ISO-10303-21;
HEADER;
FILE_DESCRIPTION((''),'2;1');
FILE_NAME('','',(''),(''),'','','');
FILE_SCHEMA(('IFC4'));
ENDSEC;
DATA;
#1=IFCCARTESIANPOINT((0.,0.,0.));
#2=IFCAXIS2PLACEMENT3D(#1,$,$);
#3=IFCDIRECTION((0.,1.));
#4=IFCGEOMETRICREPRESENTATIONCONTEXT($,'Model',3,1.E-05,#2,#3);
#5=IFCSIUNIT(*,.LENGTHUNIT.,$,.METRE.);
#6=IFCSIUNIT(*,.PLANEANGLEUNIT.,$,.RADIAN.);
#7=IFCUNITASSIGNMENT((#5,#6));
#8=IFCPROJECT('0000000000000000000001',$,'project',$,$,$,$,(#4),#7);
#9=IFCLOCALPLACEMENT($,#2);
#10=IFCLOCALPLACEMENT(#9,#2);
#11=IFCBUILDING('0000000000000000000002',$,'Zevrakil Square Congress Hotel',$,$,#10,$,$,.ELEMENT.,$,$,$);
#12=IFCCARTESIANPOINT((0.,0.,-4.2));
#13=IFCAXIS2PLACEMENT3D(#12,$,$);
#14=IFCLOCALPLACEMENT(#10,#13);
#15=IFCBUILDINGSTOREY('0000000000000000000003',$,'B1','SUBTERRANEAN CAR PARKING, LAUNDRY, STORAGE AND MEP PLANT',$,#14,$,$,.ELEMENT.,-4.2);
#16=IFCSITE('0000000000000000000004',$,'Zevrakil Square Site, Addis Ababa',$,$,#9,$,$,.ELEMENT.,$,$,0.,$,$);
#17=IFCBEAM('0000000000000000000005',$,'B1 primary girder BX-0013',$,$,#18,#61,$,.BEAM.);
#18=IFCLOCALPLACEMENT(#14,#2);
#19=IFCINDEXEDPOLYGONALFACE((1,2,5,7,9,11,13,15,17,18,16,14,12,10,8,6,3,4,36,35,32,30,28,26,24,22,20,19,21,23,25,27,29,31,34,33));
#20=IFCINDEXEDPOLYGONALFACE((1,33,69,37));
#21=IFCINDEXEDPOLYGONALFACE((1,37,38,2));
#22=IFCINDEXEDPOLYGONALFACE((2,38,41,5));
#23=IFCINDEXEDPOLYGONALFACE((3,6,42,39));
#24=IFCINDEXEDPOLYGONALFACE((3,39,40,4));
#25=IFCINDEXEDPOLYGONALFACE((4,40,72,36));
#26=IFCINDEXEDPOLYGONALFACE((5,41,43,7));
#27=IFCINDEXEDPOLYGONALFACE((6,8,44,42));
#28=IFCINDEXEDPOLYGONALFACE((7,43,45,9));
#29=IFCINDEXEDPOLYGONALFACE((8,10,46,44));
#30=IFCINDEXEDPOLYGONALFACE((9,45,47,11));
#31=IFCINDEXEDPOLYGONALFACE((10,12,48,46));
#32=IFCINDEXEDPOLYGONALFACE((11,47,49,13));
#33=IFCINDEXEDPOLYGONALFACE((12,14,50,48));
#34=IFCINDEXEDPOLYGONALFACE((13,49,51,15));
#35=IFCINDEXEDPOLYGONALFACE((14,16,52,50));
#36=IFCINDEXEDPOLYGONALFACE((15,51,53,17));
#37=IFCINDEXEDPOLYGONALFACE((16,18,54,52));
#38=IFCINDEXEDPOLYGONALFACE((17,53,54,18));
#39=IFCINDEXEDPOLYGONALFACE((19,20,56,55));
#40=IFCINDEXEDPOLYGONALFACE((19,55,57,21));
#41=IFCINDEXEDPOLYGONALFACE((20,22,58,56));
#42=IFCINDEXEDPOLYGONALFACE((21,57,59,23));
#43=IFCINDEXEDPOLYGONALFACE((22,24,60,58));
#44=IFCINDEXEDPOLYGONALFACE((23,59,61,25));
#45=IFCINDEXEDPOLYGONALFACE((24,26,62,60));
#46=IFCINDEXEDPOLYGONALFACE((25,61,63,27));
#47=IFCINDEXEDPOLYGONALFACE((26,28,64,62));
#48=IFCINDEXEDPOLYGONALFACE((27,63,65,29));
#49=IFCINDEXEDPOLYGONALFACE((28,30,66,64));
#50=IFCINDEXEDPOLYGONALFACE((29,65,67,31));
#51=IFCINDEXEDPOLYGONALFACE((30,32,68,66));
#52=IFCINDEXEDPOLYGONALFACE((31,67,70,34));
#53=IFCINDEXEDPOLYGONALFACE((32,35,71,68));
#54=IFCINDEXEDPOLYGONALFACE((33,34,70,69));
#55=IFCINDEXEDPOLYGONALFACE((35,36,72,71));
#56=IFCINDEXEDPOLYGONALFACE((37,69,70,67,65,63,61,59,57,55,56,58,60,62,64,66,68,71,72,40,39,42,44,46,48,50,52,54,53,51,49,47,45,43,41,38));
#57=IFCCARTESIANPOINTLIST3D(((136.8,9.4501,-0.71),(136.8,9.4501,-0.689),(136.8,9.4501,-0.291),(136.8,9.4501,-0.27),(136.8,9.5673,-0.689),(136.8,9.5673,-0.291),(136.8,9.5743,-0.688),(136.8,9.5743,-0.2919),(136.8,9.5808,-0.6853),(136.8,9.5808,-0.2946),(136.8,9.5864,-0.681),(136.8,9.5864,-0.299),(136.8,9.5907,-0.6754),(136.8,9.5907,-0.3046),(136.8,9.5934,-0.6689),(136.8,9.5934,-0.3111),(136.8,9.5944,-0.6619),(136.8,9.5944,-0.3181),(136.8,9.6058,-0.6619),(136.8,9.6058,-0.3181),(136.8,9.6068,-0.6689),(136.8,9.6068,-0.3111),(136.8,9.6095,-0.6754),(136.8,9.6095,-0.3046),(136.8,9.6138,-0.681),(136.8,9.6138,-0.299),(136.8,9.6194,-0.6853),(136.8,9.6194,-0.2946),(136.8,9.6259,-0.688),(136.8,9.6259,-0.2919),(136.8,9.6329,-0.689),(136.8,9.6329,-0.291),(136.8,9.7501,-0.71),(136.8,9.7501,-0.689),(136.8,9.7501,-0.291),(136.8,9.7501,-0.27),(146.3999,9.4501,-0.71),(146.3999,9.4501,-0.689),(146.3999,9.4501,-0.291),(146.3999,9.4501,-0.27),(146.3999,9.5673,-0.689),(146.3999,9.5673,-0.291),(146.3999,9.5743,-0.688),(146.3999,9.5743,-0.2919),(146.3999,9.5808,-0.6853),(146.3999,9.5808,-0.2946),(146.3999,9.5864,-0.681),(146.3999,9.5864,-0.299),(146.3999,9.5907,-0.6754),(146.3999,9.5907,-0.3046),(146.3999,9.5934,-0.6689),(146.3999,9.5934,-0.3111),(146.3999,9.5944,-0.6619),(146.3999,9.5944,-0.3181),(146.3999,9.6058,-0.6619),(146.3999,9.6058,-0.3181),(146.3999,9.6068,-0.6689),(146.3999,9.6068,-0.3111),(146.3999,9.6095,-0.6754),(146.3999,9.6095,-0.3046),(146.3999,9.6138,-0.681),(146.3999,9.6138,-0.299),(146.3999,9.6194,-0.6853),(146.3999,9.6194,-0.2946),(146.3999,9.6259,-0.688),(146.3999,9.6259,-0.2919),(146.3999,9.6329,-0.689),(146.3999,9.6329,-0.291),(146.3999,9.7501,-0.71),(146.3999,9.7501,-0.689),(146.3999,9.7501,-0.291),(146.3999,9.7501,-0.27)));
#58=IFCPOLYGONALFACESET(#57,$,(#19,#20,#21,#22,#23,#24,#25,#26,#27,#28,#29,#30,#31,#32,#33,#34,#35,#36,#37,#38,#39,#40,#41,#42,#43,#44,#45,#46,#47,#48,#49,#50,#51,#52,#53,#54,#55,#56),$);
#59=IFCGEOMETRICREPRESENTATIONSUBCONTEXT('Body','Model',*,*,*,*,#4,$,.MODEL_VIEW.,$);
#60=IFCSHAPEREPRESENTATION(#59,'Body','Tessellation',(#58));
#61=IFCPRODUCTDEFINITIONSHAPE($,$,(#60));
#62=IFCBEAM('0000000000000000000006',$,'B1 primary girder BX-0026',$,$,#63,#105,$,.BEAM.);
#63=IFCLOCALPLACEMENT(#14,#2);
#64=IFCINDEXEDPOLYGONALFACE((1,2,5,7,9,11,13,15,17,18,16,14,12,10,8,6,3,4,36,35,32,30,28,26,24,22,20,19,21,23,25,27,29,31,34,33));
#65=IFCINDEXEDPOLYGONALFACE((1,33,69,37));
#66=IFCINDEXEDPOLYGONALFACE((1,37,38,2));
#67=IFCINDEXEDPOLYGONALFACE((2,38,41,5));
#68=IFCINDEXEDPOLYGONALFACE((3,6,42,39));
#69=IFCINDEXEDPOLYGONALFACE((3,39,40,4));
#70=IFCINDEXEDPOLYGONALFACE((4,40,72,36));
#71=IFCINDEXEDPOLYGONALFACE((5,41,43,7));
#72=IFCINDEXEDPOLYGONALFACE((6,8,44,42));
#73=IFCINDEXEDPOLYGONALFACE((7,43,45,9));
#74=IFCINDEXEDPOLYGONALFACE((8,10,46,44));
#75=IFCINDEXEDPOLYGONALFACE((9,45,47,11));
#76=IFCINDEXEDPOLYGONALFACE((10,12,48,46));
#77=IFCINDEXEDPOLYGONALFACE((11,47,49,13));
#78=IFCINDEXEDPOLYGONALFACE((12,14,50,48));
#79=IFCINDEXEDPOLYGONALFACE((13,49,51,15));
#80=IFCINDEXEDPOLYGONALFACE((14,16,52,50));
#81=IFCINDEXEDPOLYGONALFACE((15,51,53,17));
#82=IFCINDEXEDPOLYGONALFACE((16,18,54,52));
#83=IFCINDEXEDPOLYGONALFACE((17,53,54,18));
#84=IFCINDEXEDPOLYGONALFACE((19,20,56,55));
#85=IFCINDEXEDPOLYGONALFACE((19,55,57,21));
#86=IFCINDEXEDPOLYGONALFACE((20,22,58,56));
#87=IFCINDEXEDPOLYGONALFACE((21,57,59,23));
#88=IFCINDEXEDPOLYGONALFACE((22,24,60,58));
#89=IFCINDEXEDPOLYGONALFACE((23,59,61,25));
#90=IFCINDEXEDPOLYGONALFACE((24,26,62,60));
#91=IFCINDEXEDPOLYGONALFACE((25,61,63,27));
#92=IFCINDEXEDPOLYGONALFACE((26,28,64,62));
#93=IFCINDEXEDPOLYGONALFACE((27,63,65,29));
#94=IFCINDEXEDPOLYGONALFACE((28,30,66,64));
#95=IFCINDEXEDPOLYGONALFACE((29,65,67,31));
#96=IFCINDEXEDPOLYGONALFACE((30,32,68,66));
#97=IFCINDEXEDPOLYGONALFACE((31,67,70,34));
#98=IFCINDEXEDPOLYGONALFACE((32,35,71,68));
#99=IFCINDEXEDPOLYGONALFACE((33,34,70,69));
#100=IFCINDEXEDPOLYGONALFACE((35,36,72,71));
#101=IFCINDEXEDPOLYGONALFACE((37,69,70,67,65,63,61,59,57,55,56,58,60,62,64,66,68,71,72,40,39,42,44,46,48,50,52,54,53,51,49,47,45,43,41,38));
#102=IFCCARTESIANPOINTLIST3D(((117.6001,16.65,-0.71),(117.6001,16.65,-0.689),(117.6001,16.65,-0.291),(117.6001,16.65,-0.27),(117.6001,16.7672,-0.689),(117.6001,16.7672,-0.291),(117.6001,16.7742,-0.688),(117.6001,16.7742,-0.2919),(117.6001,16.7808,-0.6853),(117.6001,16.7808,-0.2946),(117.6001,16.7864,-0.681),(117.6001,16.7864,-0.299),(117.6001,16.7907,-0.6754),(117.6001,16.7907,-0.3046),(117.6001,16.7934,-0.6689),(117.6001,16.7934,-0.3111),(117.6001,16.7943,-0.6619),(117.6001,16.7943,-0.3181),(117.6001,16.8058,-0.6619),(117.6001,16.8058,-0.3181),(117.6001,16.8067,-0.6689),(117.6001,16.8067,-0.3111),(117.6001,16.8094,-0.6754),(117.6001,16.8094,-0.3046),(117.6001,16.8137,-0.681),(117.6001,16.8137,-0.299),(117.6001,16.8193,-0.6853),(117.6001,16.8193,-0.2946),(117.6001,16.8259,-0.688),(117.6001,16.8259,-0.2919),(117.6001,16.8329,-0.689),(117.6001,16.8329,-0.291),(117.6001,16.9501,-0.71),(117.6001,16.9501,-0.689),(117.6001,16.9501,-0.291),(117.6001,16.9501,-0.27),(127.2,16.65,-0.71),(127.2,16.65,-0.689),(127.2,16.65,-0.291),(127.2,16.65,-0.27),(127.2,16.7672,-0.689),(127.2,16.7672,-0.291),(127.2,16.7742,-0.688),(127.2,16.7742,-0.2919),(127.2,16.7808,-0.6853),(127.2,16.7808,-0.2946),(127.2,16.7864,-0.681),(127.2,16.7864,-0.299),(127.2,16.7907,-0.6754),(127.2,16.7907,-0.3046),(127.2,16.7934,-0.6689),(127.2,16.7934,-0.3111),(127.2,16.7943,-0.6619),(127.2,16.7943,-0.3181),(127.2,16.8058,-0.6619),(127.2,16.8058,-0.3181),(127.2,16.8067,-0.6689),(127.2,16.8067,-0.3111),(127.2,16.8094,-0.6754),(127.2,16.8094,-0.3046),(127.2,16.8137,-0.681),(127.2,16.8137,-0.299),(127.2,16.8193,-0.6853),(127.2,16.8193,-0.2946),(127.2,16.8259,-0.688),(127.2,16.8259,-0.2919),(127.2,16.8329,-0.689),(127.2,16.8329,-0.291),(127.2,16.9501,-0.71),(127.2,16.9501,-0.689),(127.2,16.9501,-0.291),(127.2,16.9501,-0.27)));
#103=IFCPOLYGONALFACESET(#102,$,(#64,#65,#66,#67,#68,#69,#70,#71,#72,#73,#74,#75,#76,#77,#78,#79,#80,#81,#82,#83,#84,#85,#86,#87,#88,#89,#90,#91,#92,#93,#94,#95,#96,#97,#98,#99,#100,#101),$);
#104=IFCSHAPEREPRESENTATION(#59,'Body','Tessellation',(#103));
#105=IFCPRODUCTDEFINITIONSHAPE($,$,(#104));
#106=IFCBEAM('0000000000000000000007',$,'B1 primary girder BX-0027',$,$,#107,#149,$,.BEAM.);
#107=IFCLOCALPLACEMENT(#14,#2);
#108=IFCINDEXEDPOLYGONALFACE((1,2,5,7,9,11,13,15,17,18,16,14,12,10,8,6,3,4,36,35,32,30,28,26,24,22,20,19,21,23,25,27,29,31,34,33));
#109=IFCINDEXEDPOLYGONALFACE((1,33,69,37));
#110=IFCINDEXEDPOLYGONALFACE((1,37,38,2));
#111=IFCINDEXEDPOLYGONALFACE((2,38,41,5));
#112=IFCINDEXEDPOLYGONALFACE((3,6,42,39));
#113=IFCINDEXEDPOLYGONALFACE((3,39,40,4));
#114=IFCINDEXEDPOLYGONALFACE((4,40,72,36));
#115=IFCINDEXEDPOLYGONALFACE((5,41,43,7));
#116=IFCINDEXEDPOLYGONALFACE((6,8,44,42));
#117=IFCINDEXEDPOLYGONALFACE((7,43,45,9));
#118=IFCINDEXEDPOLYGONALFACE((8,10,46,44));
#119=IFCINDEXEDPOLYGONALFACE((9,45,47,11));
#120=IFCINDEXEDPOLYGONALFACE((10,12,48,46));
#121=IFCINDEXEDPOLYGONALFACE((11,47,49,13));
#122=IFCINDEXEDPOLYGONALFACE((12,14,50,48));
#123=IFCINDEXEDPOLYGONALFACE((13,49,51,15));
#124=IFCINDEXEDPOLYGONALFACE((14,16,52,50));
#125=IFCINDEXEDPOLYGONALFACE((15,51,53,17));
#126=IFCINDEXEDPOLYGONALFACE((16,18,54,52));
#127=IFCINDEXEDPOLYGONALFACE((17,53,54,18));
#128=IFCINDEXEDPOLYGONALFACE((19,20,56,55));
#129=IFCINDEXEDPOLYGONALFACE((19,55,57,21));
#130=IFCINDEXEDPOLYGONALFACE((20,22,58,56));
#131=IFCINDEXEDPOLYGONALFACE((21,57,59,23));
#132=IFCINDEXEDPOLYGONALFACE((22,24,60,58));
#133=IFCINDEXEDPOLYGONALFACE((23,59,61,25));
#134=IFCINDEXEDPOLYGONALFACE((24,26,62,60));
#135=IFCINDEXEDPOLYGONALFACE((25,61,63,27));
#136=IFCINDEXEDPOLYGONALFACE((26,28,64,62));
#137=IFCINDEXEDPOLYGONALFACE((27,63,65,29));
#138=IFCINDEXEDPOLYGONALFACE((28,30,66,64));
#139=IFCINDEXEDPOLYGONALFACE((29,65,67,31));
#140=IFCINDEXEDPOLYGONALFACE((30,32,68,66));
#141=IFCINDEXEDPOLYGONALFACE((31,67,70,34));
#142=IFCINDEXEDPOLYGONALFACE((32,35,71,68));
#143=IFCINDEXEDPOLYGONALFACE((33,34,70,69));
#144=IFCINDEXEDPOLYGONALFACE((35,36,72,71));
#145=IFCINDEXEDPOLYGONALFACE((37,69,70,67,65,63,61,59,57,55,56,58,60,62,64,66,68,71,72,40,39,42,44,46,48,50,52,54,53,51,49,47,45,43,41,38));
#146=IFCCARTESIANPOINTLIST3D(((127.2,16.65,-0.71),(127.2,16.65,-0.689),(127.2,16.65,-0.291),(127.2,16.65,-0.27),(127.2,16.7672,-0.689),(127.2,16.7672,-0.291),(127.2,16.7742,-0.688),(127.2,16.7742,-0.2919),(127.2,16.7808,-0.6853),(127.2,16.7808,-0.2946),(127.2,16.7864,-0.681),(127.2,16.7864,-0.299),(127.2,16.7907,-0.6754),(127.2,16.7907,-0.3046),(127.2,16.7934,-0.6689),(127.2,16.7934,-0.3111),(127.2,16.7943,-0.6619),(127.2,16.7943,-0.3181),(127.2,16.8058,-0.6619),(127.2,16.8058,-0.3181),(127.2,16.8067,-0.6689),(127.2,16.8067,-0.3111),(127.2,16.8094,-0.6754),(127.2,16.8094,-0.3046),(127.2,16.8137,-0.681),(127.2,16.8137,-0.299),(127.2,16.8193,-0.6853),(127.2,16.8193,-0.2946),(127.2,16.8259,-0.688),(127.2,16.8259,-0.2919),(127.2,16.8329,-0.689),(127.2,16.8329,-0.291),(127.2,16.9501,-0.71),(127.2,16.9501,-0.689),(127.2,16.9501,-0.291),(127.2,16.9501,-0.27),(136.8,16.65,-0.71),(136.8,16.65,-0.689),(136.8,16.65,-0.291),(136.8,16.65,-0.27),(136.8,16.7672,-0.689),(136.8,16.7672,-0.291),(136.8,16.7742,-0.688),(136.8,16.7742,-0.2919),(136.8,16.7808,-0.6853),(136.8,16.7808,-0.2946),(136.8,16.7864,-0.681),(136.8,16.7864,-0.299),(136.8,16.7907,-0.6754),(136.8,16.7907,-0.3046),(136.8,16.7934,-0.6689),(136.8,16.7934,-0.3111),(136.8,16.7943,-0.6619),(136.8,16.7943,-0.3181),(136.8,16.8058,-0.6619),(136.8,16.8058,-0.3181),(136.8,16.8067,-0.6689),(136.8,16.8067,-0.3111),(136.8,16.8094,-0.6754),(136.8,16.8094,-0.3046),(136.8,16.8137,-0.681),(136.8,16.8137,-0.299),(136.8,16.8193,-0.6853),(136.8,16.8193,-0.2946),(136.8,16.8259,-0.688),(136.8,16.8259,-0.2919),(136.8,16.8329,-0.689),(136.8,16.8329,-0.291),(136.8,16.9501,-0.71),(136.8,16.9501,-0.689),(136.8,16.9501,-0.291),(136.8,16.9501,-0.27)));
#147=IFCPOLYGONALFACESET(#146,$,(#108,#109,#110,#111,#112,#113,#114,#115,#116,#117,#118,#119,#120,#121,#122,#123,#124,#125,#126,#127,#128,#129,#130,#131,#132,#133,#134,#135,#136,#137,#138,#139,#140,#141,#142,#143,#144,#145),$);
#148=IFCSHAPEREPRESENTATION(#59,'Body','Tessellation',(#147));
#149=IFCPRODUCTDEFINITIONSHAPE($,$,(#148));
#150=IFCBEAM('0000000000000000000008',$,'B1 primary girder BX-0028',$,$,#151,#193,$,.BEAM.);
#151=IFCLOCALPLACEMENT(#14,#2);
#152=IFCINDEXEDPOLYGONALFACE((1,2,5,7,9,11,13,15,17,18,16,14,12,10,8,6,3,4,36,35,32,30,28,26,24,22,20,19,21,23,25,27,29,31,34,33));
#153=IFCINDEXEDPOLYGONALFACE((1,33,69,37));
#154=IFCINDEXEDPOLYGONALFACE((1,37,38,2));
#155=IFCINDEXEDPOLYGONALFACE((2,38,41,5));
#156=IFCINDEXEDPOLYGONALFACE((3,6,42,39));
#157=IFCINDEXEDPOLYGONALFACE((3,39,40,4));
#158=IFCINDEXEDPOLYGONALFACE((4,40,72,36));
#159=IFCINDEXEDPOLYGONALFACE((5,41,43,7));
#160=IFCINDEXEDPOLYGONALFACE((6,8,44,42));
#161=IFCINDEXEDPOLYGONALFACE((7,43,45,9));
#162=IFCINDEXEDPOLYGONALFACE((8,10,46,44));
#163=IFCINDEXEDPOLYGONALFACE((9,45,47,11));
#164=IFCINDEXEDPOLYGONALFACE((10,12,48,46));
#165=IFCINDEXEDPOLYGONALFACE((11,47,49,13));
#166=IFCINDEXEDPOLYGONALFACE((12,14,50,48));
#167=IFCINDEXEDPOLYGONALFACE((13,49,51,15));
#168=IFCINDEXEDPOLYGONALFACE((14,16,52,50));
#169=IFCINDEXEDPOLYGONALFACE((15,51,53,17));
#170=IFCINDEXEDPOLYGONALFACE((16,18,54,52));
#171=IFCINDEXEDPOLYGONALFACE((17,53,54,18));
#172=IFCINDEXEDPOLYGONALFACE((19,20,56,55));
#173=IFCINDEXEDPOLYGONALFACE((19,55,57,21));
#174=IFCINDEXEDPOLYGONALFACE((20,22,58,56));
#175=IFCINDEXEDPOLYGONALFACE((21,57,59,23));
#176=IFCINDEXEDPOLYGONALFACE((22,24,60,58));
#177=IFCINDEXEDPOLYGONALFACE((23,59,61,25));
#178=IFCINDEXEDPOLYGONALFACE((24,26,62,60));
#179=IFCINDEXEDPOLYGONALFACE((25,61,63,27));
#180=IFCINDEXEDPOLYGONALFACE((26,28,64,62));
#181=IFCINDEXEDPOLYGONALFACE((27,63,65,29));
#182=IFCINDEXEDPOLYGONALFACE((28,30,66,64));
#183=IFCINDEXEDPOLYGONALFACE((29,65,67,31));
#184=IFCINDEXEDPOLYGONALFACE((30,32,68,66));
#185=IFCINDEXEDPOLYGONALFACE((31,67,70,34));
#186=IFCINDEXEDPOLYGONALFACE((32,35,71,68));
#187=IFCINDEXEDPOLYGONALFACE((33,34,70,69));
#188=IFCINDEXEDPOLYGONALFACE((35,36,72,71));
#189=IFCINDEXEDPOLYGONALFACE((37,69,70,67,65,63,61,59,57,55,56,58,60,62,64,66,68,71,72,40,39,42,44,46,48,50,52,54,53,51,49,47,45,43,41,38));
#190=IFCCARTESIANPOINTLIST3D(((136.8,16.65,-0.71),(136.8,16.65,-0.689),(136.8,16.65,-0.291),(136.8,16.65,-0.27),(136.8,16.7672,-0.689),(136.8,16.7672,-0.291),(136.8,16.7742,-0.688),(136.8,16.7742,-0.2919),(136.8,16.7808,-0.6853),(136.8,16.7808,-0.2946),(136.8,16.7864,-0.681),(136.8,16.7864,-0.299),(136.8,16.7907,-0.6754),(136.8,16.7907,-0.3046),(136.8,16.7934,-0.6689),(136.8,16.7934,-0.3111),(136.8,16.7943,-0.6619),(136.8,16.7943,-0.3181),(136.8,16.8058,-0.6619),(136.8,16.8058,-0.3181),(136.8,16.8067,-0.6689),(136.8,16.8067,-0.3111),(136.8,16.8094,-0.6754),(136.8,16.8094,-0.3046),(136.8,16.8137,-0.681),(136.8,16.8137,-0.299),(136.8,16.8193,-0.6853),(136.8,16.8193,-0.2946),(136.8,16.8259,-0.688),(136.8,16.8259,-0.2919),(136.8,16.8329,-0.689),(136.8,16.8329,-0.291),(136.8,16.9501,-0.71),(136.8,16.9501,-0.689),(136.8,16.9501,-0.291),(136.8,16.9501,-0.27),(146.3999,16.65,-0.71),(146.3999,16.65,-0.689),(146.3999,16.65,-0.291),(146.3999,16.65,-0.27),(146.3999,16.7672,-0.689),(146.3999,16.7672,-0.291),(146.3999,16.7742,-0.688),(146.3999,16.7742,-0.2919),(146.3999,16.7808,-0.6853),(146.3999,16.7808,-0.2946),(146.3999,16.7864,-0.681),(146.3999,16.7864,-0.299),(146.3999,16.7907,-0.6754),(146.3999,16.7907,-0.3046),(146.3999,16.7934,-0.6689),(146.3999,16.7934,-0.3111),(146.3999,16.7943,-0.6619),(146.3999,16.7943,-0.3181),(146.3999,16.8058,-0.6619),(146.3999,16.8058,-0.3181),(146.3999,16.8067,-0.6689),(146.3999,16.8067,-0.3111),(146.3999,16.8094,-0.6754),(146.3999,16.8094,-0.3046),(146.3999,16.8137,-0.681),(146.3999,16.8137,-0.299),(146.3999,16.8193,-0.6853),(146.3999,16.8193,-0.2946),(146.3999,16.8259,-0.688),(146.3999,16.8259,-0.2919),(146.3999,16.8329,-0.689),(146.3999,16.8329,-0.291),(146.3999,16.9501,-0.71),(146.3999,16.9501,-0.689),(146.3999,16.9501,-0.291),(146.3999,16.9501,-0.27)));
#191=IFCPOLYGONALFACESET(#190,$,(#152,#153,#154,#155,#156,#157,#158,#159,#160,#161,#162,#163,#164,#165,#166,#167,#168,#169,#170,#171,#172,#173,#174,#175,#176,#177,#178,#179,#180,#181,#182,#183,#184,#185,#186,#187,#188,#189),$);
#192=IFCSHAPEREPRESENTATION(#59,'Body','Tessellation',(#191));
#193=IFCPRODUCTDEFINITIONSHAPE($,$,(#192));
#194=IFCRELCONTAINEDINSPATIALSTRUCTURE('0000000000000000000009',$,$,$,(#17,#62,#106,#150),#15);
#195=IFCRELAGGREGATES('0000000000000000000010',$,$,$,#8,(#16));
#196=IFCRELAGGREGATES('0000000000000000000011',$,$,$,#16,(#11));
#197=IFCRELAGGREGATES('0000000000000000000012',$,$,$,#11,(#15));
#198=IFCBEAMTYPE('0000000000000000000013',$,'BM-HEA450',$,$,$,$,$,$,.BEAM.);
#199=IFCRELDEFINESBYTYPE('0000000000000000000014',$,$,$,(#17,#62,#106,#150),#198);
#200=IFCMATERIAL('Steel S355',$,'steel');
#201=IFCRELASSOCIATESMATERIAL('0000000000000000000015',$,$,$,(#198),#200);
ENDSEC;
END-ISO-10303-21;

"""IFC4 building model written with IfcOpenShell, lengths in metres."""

from ifc_helpers import new_model, si_unit, direction, frame, origin, origin_2d, place, context, subcontext, project, spatial, i_section, extrude, material, material_profile, profile_set, type_object, element, save


model = new_model("IFC4")

# Units and contexts
model_context = context("Model", 3, precision=1e-05, world=origin(), true_north=direction((0.0, 1.0)))
body_context = subcontext(model_context, "Body", "Model", "MODEL_VIEW")
ifc_project = project(units=[si_unit("LENGTHUNIT", "METRE"), si_unit("PLANEANGLEUNIT", "RADIAN")], contexts=[model_context])

# Site, building, storey
site_placement = place(None, origin())
site = spatial("IfcSite", under=ifc_project, at=site_placement, Name="Zevrakil Square Site, Addis Ababa", CompositionType="ELEMENT", RefElevation=0.0)
building_placement = place(site_placement, origin())
building = spatial("IfcBuilding", under=site, at=building_placement, Name="Zevrakil Square Congress Hotel", CompositionType="ELEMENT")
storey_placement = place(building_placement, frame((0.0, 0.0, -4.2)))
storey = spatial("IfcBuildingStorey", under=building, at=storey_placement, Name="B1", Description="SUBTERRANEAN CAR PARKING, LAUNDRY, STORAGE AND MEP PLANT", CompositionType="ELEMENT", Elevation=-4.2)

# Beams
ifc_material_1 = material(Name="Steel S355", Category="steel")
ifc_material_profile_1 = material_profile(ifc_material_1, i_section(OverallWidth=0.3, OverallDepth=0.4399, WebThickness=0.0115, FlangeThickness=0.021, FilletRadius=0.0271, at=origin_2d()), Name="HEA 450")
ifc_profile_set_1 = profile_set([ifc_material_profile_1], Name="Steel S355")
beam_type_1 = type_object("IfcBeamType", Name="BM-HEA450", PredefinedType="BEAM", material=ifc_profile_set_1)
for number, where, z_axis, x_axis, name in (
    (1, (136.8, 9.6001, -0.49), (1.0, 0.0, 0.0), (0.0, 1.0, 0.0), "B1 primary girder BX-0013"),
    (2, (117.6001, 16.8, -0.49), (1.0, 0.0, 0.0), (0.0, 1.0, 0.0), "B1 primary girder BX-0026"),
):
    element("IfcBeam", number, at=place(storey_placement, frame(where, z_axis=z_axis, x_axis=x_axis)), inside=storey, type_object=beam_type_1, Name=name, PredefinedType="BEAM", context=body_context, shape_type="SweptSolid", body=[
        extrude(i_section(OverallWidth=0.3, OverallDepth=0.4399, WebThickness=0.0115, FlangeThickness=0.021, FilletRadius=0.0271, at=origin_2d()), origin(), (0.0, 0.0, 1.0), 9.5999),
    ])
beam_1_placement = place(storey_placement, frame((127.2, 16.8, -0.49), z_axis=(1.0, 0.0, 0.0), x_axis=(0.0, 1.0, 0.0)))
element("IfcBeam", 3, at=beam_1_placement, inside=storey, type_object=beam_type_1, Name="B1 primary girder BX-0027", PredefinedType="BEAM", context=body_context, shape_type="SweptSolid", body=[
    extrude(i_section(OverallWidth=0.3, OverallDepth=0.4399, WebThickness=0.0115, FlangeThickness=0.021, FilletRadius=0.0271, at=origin_2d()), origin(), (0.0, 0.0, 1.0), 9.6001),
])
beam_2_placement = place(storey_placement, frame((136.8, 16.8, -0.49), z_axis=(1.0, 0.0, 0.0), x_axis=(0.0, 1.0, 0.0)))
element("IfcBeam", 4, at=beam_2_placement, inside=storey, type_object=beam_type_1, Name="B1 primary girder BX-0028", PredefinedType="BEAM", context=body_context, shape_type="SweptSolid", body=[
    extrude(i_section(OverallWidth=0.3, OverallDepth=0.4399, WebThickness=0.0115, FlangeThickness=0.021, FilletRadius=0.0271, at=origin_2d()), origin(), (0.0, 0.0, 1.0), 9.5999),
])

save(model, "model.ifc")
